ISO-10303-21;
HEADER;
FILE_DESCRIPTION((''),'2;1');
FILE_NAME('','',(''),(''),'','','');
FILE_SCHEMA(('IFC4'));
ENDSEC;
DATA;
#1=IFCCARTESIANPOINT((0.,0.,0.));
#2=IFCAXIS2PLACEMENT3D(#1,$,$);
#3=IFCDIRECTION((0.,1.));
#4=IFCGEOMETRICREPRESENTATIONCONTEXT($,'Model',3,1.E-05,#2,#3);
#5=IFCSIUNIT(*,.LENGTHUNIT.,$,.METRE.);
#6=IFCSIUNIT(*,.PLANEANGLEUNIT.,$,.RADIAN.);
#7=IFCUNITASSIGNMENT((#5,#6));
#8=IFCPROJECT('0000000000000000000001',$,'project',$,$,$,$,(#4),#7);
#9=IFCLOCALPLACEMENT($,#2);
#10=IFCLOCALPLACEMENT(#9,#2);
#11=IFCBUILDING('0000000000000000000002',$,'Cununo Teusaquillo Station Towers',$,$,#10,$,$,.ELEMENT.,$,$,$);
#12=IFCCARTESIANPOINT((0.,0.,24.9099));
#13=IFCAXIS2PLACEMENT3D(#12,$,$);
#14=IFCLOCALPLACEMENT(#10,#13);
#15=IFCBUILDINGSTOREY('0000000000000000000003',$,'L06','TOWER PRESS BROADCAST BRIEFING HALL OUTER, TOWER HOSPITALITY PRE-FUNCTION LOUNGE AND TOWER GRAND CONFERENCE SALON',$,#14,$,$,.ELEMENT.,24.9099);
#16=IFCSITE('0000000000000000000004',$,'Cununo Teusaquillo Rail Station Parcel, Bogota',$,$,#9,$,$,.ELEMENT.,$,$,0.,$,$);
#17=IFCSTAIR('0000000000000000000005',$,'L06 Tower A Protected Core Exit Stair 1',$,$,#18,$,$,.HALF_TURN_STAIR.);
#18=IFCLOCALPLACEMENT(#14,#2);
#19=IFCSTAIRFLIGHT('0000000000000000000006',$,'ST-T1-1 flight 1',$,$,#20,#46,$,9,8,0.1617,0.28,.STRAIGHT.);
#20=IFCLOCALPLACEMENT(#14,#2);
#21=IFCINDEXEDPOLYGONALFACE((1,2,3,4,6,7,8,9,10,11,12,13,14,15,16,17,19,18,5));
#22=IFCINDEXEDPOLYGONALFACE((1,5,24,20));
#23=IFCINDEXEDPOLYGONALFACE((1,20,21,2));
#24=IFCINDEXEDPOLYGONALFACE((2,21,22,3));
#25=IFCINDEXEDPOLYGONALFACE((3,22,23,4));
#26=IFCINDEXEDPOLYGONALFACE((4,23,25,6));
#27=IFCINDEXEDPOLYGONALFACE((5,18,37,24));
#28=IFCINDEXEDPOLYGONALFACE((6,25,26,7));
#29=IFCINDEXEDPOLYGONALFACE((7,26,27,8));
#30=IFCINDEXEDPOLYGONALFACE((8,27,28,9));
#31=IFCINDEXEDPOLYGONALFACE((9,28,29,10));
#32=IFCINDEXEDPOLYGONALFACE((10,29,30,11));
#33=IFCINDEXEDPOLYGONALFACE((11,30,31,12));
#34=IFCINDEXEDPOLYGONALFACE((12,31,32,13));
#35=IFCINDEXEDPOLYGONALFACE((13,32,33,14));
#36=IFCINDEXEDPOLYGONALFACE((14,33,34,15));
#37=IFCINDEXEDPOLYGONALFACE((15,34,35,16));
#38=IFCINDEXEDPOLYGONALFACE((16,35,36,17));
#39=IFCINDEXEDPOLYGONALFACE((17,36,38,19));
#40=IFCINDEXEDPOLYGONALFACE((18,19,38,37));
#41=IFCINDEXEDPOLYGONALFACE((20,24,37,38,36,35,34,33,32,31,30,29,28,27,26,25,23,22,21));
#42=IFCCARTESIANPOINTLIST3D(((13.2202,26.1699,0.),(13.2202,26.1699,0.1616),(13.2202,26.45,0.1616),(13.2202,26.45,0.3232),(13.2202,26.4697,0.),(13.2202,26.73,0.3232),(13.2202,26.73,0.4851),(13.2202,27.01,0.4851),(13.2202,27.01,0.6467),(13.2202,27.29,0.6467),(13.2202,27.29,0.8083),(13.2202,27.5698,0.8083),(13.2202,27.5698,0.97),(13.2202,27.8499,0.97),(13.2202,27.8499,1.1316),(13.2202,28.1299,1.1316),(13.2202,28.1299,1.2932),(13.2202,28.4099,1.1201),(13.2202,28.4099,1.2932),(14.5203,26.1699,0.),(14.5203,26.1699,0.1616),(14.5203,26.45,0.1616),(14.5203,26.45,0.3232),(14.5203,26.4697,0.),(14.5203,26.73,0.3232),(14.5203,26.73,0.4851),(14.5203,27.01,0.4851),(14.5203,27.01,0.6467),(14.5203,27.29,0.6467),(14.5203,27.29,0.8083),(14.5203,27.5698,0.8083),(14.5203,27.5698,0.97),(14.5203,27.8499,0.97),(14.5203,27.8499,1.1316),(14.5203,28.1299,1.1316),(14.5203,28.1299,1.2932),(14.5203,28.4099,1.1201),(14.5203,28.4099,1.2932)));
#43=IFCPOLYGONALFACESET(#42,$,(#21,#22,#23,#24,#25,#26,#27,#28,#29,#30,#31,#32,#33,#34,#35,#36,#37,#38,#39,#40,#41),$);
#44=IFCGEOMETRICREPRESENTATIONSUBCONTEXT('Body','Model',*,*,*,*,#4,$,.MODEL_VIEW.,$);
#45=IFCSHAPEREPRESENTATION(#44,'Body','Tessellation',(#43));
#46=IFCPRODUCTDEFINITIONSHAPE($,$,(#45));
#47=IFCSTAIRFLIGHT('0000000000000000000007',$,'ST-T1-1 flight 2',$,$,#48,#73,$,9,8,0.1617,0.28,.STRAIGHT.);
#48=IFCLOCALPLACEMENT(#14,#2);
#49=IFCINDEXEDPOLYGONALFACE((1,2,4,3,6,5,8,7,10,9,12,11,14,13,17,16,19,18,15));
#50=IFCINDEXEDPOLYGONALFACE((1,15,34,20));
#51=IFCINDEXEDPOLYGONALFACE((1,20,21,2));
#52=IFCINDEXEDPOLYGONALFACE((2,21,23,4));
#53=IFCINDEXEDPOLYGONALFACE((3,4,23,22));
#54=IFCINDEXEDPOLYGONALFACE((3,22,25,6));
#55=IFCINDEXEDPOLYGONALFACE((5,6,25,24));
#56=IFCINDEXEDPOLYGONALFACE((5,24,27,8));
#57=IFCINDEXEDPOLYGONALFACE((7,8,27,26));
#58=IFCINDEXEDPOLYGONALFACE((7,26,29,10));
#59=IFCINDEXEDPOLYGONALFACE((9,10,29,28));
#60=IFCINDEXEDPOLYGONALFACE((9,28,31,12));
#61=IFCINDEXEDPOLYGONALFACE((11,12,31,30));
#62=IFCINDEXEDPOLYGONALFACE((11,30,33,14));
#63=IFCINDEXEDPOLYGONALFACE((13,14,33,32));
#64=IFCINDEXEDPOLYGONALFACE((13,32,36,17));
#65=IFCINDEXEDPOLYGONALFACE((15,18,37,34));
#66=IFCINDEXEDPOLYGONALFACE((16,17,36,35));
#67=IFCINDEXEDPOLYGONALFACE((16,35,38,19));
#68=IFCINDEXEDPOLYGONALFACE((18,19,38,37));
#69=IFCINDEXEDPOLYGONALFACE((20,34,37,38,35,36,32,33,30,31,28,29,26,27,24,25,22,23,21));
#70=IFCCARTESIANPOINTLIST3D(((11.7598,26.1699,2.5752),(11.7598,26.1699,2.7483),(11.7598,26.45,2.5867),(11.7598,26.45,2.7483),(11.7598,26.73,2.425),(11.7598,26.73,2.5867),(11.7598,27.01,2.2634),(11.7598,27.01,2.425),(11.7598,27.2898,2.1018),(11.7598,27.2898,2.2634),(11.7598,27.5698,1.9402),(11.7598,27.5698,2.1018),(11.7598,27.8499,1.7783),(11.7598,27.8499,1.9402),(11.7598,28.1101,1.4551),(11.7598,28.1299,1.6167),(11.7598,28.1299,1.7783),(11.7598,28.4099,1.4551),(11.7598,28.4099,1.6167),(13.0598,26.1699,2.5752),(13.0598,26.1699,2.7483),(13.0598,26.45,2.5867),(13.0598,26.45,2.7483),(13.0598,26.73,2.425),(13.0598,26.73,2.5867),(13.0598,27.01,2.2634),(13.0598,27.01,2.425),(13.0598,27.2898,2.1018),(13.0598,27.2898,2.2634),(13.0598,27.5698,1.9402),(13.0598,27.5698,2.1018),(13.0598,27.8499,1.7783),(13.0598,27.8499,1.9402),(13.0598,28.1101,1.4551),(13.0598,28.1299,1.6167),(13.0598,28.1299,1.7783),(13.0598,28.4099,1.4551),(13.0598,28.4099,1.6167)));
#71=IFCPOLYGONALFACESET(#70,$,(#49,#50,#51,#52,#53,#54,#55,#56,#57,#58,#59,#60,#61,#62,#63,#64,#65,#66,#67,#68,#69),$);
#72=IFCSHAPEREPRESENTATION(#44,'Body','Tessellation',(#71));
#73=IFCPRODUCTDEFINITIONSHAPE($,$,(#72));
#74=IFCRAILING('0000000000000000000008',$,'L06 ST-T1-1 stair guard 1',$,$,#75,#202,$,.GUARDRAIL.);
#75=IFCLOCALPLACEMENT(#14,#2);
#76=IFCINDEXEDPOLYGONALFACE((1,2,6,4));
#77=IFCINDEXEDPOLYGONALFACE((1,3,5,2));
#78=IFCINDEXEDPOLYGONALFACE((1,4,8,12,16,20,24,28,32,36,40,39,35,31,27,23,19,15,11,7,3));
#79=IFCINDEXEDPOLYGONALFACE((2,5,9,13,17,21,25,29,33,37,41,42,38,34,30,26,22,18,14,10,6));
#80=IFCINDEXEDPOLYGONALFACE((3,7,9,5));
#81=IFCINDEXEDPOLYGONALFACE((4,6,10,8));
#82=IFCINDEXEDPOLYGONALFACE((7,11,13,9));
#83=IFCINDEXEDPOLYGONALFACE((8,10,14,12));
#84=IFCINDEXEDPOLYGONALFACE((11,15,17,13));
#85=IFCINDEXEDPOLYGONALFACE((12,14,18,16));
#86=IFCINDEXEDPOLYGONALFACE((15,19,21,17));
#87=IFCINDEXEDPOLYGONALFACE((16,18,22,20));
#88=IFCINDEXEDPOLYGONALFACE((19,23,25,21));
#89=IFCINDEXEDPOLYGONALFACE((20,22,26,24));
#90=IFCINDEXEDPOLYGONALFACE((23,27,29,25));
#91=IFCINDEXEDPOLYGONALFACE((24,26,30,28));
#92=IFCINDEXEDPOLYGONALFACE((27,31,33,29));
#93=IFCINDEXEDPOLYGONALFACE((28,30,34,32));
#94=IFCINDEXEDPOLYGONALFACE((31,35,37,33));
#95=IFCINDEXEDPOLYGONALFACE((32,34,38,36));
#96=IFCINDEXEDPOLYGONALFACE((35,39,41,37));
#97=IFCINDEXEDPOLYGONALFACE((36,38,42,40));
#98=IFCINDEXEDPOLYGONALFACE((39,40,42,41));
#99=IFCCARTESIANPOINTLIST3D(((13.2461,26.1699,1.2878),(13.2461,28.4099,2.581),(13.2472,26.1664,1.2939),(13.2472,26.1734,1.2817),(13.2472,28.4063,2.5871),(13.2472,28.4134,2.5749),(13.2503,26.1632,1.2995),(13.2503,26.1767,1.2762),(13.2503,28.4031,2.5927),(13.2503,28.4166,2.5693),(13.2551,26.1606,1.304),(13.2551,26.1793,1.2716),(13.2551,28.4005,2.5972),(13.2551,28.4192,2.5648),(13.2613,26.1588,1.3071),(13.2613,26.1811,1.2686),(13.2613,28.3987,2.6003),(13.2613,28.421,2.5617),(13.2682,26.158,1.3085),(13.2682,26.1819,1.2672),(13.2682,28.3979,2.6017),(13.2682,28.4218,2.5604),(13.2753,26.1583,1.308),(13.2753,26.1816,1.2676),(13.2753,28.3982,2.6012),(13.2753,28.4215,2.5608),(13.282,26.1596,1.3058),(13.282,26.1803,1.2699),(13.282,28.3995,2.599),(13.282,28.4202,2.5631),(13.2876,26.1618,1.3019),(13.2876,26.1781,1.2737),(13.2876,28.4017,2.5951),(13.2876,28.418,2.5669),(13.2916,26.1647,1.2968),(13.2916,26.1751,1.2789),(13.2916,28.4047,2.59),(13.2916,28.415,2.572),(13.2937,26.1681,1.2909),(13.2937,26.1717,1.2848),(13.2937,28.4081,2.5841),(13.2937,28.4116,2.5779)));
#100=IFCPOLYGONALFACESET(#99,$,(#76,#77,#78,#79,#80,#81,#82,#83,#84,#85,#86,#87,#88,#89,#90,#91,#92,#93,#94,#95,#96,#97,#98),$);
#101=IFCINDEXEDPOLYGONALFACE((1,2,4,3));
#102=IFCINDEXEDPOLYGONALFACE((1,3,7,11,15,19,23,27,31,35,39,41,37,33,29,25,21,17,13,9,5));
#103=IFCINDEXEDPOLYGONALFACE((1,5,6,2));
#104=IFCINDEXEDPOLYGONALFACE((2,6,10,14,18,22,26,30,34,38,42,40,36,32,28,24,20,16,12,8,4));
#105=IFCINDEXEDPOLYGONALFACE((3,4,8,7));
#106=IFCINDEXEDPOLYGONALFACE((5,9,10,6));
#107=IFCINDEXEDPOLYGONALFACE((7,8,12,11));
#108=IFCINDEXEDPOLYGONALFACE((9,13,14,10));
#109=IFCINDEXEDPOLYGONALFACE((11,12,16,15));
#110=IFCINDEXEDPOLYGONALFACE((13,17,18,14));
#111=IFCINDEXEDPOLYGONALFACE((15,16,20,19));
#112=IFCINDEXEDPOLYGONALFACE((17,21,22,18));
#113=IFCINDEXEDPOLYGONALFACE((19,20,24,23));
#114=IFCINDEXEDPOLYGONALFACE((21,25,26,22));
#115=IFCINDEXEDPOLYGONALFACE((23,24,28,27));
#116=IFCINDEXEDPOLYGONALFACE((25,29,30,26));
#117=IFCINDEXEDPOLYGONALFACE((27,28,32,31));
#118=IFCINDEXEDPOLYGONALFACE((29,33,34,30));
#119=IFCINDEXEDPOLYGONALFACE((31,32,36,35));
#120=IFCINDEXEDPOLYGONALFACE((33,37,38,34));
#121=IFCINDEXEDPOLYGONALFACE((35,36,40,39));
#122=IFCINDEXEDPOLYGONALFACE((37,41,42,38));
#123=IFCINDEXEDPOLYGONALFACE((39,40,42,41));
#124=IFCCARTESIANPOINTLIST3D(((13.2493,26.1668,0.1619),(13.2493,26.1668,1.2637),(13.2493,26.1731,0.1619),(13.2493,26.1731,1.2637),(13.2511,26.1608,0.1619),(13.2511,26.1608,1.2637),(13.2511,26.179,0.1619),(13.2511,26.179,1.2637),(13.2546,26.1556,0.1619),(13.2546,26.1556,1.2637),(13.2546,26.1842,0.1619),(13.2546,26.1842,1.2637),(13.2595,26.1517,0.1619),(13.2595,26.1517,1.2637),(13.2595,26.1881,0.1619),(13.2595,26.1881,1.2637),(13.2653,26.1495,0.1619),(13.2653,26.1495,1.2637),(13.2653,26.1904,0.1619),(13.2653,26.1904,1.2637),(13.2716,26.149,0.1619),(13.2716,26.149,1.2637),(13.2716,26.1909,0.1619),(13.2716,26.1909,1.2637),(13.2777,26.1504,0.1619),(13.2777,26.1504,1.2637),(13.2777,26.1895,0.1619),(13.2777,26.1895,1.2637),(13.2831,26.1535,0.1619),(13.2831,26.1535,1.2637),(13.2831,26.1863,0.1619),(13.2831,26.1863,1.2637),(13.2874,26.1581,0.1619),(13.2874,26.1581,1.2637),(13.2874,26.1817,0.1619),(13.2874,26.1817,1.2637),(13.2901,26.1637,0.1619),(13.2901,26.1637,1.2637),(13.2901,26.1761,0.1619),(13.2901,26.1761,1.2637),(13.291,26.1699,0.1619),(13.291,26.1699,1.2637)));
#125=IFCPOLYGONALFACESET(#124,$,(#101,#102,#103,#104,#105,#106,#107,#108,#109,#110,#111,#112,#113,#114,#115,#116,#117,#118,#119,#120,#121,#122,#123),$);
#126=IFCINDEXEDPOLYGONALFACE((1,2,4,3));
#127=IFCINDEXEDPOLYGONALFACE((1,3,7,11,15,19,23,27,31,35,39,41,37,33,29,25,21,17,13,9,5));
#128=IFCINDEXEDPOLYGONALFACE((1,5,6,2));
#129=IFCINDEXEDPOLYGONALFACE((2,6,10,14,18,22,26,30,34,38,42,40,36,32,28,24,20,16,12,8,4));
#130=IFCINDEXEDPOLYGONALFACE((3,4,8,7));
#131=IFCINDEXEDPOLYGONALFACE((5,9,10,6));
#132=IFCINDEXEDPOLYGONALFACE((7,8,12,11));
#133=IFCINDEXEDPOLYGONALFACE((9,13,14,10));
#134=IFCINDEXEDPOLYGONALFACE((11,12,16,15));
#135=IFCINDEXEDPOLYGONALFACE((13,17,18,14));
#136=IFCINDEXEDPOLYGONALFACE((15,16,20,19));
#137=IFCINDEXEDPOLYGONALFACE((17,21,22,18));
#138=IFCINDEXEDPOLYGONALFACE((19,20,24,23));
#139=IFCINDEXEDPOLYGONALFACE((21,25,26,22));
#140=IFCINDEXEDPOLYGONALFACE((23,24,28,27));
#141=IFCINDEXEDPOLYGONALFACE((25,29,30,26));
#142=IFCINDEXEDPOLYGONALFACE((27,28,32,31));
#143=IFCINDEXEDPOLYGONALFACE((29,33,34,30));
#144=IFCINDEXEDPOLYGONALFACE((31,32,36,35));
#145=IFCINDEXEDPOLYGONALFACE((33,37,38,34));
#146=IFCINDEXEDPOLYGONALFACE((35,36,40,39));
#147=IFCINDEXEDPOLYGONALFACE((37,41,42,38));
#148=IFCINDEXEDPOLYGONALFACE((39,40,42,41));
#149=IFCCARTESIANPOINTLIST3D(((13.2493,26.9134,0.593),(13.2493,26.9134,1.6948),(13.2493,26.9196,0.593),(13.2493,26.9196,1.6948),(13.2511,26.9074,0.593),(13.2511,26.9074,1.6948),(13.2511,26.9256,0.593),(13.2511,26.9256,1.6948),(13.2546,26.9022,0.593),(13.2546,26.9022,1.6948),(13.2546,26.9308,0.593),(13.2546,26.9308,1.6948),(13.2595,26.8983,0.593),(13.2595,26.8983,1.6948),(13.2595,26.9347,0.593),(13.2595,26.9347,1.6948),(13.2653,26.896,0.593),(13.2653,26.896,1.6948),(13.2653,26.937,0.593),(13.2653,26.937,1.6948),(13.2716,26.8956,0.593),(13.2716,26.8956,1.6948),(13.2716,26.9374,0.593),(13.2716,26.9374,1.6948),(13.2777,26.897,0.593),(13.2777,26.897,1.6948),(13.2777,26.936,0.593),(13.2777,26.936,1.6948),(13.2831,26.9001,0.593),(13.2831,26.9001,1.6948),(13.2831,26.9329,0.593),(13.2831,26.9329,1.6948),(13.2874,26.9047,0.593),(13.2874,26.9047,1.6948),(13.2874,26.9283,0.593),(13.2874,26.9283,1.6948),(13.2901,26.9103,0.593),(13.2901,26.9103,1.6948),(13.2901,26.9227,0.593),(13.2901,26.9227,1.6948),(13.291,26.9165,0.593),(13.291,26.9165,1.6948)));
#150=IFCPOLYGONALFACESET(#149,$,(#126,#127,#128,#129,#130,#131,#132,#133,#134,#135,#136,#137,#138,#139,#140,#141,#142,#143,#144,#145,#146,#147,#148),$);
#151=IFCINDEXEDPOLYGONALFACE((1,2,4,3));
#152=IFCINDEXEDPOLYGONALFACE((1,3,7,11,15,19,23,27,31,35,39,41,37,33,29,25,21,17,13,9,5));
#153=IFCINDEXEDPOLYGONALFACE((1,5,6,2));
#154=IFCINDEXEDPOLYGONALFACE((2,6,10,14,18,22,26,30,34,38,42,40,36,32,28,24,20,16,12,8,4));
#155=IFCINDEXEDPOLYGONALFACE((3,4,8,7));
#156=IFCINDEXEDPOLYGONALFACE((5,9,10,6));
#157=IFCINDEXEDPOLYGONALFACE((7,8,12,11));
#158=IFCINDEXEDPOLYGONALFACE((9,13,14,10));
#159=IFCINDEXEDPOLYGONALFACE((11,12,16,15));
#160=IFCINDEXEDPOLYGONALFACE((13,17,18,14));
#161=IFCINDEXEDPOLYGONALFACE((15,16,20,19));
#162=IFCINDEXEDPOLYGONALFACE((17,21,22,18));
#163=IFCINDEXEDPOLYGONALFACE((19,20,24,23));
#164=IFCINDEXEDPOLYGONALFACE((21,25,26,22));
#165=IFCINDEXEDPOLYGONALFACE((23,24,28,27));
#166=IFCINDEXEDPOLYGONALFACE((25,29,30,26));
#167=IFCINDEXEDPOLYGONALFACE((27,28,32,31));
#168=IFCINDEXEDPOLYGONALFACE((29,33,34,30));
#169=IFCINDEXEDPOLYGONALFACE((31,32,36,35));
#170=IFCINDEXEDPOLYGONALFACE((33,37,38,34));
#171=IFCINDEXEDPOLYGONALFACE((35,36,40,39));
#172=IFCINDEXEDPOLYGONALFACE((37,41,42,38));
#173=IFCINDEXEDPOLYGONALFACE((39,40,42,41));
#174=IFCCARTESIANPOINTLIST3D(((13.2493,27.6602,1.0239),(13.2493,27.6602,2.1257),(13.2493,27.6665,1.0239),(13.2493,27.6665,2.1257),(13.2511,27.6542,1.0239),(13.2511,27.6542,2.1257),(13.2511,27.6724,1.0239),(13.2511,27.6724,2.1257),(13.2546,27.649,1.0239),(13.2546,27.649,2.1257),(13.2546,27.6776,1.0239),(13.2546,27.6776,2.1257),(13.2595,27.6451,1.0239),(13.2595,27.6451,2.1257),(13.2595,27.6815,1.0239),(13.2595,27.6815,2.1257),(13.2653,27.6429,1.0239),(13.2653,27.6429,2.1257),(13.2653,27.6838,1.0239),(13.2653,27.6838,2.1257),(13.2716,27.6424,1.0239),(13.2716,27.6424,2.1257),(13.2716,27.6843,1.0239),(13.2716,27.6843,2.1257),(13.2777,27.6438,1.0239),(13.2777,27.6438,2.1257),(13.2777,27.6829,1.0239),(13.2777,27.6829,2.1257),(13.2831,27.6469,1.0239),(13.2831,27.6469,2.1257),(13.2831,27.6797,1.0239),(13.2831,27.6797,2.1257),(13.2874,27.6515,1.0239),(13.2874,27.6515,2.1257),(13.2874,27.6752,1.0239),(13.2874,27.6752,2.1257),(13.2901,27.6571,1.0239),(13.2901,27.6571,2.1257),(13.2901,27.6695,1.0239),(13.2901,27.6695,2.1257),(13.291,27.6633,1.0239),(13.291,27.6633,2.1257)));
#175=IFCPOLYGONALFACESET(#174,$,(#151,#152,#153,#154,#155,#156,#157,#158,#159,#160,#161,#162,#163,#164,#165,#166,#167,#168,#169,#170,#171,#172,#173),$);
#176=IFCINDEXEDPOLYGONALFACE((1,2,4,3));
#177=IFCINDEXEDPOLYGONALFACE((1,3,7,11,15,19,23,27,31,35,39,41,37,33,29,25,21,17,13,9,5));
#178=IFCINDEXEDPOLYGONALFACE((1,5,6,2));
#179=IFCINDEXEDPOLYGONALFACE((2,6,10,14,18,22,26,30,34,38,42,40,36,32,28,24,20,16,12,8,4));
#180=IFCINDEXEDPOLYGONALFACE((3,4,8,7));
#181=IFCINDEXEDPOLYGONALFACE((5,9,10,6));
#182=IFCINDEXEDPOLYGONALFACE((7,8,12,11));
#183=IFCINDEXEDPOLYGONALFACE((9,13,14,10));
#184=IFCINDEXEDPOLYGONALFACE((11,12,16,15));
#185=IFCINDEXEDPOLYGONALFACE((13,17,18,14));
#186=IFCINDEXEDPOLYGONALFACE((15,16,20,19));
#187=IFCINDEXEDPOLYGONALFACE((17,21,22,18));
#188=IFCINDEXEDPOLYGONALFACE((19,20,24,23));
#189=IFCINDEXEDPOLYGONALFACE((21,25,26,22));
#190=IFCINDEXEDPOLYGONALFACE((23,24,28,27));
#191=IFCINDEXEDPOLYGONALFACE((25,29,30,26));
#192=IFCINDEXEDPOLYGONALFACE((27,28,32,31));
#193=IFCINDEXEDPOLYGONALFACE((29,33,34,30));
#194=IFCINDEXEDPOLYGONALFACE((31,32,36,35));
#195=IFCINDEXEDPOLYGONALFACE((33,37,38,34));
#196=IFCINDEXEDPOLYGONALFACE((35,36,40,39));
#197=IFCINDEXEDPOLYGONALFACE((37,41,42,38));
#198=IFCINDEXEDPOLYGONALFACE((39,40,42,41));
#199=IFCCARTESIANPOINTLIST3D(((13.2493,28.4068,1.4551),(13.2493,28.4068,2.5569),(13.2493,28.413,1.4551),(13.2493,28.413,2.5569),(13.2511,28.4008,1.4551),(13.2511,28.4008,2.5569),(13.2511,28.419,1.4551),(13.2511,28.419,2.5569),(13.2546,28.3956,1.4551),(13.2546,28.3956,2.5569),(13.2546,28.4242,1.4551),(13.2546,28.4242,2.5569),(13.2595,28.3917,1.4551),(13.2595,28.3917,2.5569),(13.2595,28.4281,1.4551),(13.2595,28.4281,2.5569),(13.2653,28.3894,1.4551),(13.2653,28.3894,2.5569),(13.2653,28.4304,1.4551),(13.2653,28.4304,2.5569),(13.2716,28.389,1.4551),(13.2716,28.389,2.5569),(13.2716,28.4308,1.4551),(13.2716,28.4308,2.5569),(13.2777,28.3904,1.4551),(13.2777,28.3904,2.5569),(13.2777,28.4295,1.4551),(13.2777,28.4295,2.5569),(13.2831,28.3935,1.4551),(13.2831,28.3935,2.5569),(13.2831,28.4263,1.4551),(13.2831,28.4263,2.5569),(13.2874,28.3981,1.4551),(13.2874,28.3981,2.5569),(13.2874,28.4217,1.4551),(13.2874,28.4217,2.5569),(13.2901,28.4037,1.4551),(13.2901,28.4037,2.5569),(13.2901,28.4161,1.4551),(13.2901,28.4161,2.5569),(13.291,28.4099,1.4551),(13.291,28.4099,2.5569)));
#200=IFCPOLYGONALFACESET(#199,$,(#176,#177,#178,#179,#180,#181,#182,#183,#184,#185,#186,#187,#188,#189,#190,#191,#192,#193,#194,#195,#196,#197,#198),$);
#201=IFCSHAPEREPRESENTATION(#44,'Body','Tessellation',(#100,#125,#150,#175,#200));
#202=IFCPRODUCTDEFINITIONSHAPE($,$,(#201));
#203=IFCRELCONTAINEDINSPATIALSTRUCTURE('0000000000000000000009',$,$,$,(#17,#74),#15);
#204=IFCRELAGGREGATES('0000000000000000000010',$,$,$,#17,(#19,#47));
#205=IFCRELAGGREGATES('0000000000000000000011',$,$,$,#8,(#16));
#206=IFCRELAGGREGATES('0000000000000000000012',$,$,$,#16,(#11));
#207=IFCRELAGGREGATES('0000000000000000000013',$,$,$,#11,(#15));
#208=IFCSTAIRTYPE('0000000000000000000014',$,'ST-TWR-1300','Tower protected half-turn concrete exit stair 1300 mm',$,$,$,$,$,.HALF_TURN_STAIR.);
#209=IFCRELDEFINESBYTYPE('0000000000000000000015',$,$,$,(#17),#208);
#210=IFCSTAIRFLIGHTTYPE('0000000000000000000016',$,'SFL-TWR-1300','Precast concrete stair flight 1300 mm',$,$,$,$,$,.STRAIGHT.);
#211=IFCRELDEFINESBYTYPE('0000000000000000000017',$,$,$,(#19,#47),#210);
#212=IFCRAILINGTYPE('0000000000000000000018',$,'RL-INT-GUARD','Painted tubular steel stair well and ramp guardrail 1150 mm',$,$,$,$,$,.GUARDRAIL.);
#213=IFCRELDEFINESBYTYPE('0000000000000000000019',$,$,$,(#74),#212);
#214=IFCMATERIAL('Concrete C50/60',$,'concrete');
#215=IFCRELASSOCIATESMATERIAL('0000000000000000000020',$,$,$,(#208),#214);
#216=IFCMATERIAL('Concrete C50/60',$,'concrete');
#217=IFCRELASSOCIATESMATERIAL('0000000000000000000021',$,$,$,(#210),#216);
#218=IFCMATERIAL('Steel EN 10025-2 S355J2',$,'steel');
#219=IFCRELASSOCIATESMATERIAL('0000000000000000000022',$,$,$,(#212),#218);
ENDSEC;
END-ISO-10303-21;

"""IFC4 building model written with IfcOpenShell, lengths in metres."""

from ifc_helpers import new_model, si_unit, direction, frame, origin, origin_2d, place, context, subcontext, project, spatial, polyline, circle, outline, extrude, material, type_object, element, aggregate, save


model = new_model("IFC4")

# Units and contexts
model_context = context("Model", 3, precision=1e-05, world=origin(), true_north=direction((0.0, 1.0)))
body_context = subcontext(model_context, "Body", "Model", "MODEL_VIEW")
ifc_project = project(units=[si_unit("LENGTHUNIT", "METRE"), si_unit("PLANEANGLEUNIT", "RADIAN")], contexts=[model_context])

# Site, building, storey
site_placement = place(None, origin())
site = spatial("IfcSite", under=ifc_project, at=site_placement, Name="Cununo Teusaquillo Rail Station Parcel, Bogota", CompositionType="ELEMENT", RefElevation=0.0)
building_placement = place(site_placement, origin())
building = spatial("IfcBuilding", under=site, at=building_placement, Name="Cununo Teusaquillo Station Towers", CompositionType="ELEMENT")
storey_placement = place(building_placement, frame((0.0, 0.0, 24.9099)))
storey = spatial("IfcBuildingStorey", under=building, at=storey_placement, Name="L06", Description="TOWER PRESS BROADCAST BRIEFING HALL OUTER, TOWER HOSPITALITY PRE-FUNCTION LOUNGE AND TOWER GRAND CONFERENCE SALON", CompositionType="ELEMENT", Elevation=24.9099)

# Stair, stair flights
ifc_material_1 = material(Name="Concrete C50/60", Category="concrete")
stair_type = type_object("IfcStairType", Name="ST-TWR-1300", Description="Tower protected half-turn concrete exit stair 1300 mm", PredefinedType="HALF_TURN_STAIR", material=ifc_material_1)
stair_placement = place(storey_placement, origin())
stair = element("IfcStair", 1, at=stair_placement, inside=storey, type_object=stair_type, Name="L06 Tower A Protected Core Exit Stair 1", PredefinedType="HALF_TURN_STAIR")
ifc_material_2 = material(Name="Concrete C50/60", Category="concrete")
stair_flight_type = type_object("IfcStairFlightType", Name="SFL-TWR-1300", Description="Precast concrete stair flight 1300 mm", PredefinedType="STRAIGHT", material=ifc_material_2)
stair_flight_1_placement = place(storey_placement, frame((13.8701, 26.1699, 0.0), z_axis=(0.0, 0.0, 1.0), x_axis=(0.0, 1.0, 0.0)))
stair_flight_1 = element("IfcStairFlight", 2, at=stair_flight_1_placement, type_object=stair_flight_type, Name="ST-T1-1 flight 1", NumberOfRisers=9, NumberOfTreads=8, PredefinedType="STRAIGHT", RiserHeight=0.1617, TreadLength=0.28, context=body_context, shape_type="SweptSolid", body=[
    extrude(outline(polyline([(0.0, 0.0), (0.0, 0.1616), (0.28, 0.1616), (0.28, 0.3232), (0.5601, 0.3232), (0.5601, 0.4851), (0.8401, 0.4851), (0.8401, 0.6467), (1.1201, 0.6467), (1.1201, 0.8083), (1.3999, 0.8083), (1.3999, 0.97), (1.6799, 0.97), (1.6799, 1.1316), (1.96, 1.1316), (1.96, 1.2932), (2.24, 1.2932), (2.24, 1.4551), (2.24, 1.1201), (0.2998, 0.0), (0.0, 0.0)])), frame((0.0, 0.6499, 0.0), z_axis=(0.0, -1.0, 0.0), x_axis=(1.0, 0.0, 0.0)), (0.0, 0.0, 1.0), 1.3),
])
stair_flight_2_placement = place(storey_placement, frame((12.4099, 28.4099, 1.4551), z_axis=(0.0, 0.0, 1.0), x_axis=(0.0, -1.0, 0.0)))
stair_flight_2 = element("IfcStairFlight", 3, at=stair_flight_2_placement, type_object=stair_flight_type, Name="ST-T1-1 flight 2", NumberOfRisers=9, NumberOfTreads=8, PredefinedType="STRAIGHT", RiserHeight=0.1617, TreadLength=0.28, context=body_context, shape_type="SweptSolid", body=[
    extrude(outline(polyline([(0.0, 0.0), (0.0, 0.1616), (0.28, 0.1616), (0.28, 0.3232), (0.5601, 0.3232), (0.5601, 0.4851), (0.8401, 0.4851), (0.8401, 0.6467), (1.1201, 0.6467), (1.1201, 0.8083), (1.3999, 0.8083), (1.3999, 0.97), (1.6799, 0.97), (1.6799, 1.1316), (1.96, 1.1316), (1.96, 1.2932), (2.24, 1.2932), (2.24, 1.4551), (2.24, 1.1201), (0.2998, 0.0), (0.0, 0.0)])), frame((0.0, 0.6499, 0.0), z_axis=(0.0, -1.0, 0.0), x_axis=(1.0, 0.0, 0.0)), (0.0, 0.0, 1.0), 1.3),
])
aggregate(stair, [stair_flight_1, stair_flight_2])

# Railing
ifc_material_3 = material(Name="Steel EN 10025-2 S355J2", Category="steel")
railing_type_1 = type_object("IfcRailingType", Name="RL-INT-GUARD", Description="Painted tubular steel stair well and ramp guardrail 1150 mm", PredefinedType="GUARDRAIL", material=ifc_material_3)
railing_1_placement = place(storey_placement, frame((13.27, 26.1699, 0.1619)))
element("IfcRailing", 4, at=railing_1_placement, inside=storey, type_object=railing_type_1, Name="L06 ST-T1-1 stair guard 1", PredefinedType="GUARDRAIL", context=body_context, shape_type="SweptSolid", body=[
    extrude(circle(Radius=0.0239, at=origin_2d()), frame((0.0, 0.0, 1.126), z_axis=(0.0, 0.866033, 0.499987), x_axis=(-1.0, 0.0, 0.0)), (0.0, 0.0, 1.0), 2.5864),
    extrude(circle(Radius=0.021, at=origin_2d()), origin(), (0.0, 0.0, 1.0), 1.1018),
    extrude(circle(Radius=0.021, at=origin_2d()), frame((0.0, 0.7466, 0.4312)), (0.0, 0.0, 1.0), 1.1018),
    extrude(circle(Radius=0.021, at=origin_2d()), frame((0.0, 1.4934, 0.8621)), (0.0, 0.0, 1.0), 1.1018),
    extrude(circle(Radius=0.021, at=origin_2d()), frame((0.0, 2.24, 1.2932)), (0.0, 0.0, 1.0), 1.1018),
])

save(model, "model.ifc")
